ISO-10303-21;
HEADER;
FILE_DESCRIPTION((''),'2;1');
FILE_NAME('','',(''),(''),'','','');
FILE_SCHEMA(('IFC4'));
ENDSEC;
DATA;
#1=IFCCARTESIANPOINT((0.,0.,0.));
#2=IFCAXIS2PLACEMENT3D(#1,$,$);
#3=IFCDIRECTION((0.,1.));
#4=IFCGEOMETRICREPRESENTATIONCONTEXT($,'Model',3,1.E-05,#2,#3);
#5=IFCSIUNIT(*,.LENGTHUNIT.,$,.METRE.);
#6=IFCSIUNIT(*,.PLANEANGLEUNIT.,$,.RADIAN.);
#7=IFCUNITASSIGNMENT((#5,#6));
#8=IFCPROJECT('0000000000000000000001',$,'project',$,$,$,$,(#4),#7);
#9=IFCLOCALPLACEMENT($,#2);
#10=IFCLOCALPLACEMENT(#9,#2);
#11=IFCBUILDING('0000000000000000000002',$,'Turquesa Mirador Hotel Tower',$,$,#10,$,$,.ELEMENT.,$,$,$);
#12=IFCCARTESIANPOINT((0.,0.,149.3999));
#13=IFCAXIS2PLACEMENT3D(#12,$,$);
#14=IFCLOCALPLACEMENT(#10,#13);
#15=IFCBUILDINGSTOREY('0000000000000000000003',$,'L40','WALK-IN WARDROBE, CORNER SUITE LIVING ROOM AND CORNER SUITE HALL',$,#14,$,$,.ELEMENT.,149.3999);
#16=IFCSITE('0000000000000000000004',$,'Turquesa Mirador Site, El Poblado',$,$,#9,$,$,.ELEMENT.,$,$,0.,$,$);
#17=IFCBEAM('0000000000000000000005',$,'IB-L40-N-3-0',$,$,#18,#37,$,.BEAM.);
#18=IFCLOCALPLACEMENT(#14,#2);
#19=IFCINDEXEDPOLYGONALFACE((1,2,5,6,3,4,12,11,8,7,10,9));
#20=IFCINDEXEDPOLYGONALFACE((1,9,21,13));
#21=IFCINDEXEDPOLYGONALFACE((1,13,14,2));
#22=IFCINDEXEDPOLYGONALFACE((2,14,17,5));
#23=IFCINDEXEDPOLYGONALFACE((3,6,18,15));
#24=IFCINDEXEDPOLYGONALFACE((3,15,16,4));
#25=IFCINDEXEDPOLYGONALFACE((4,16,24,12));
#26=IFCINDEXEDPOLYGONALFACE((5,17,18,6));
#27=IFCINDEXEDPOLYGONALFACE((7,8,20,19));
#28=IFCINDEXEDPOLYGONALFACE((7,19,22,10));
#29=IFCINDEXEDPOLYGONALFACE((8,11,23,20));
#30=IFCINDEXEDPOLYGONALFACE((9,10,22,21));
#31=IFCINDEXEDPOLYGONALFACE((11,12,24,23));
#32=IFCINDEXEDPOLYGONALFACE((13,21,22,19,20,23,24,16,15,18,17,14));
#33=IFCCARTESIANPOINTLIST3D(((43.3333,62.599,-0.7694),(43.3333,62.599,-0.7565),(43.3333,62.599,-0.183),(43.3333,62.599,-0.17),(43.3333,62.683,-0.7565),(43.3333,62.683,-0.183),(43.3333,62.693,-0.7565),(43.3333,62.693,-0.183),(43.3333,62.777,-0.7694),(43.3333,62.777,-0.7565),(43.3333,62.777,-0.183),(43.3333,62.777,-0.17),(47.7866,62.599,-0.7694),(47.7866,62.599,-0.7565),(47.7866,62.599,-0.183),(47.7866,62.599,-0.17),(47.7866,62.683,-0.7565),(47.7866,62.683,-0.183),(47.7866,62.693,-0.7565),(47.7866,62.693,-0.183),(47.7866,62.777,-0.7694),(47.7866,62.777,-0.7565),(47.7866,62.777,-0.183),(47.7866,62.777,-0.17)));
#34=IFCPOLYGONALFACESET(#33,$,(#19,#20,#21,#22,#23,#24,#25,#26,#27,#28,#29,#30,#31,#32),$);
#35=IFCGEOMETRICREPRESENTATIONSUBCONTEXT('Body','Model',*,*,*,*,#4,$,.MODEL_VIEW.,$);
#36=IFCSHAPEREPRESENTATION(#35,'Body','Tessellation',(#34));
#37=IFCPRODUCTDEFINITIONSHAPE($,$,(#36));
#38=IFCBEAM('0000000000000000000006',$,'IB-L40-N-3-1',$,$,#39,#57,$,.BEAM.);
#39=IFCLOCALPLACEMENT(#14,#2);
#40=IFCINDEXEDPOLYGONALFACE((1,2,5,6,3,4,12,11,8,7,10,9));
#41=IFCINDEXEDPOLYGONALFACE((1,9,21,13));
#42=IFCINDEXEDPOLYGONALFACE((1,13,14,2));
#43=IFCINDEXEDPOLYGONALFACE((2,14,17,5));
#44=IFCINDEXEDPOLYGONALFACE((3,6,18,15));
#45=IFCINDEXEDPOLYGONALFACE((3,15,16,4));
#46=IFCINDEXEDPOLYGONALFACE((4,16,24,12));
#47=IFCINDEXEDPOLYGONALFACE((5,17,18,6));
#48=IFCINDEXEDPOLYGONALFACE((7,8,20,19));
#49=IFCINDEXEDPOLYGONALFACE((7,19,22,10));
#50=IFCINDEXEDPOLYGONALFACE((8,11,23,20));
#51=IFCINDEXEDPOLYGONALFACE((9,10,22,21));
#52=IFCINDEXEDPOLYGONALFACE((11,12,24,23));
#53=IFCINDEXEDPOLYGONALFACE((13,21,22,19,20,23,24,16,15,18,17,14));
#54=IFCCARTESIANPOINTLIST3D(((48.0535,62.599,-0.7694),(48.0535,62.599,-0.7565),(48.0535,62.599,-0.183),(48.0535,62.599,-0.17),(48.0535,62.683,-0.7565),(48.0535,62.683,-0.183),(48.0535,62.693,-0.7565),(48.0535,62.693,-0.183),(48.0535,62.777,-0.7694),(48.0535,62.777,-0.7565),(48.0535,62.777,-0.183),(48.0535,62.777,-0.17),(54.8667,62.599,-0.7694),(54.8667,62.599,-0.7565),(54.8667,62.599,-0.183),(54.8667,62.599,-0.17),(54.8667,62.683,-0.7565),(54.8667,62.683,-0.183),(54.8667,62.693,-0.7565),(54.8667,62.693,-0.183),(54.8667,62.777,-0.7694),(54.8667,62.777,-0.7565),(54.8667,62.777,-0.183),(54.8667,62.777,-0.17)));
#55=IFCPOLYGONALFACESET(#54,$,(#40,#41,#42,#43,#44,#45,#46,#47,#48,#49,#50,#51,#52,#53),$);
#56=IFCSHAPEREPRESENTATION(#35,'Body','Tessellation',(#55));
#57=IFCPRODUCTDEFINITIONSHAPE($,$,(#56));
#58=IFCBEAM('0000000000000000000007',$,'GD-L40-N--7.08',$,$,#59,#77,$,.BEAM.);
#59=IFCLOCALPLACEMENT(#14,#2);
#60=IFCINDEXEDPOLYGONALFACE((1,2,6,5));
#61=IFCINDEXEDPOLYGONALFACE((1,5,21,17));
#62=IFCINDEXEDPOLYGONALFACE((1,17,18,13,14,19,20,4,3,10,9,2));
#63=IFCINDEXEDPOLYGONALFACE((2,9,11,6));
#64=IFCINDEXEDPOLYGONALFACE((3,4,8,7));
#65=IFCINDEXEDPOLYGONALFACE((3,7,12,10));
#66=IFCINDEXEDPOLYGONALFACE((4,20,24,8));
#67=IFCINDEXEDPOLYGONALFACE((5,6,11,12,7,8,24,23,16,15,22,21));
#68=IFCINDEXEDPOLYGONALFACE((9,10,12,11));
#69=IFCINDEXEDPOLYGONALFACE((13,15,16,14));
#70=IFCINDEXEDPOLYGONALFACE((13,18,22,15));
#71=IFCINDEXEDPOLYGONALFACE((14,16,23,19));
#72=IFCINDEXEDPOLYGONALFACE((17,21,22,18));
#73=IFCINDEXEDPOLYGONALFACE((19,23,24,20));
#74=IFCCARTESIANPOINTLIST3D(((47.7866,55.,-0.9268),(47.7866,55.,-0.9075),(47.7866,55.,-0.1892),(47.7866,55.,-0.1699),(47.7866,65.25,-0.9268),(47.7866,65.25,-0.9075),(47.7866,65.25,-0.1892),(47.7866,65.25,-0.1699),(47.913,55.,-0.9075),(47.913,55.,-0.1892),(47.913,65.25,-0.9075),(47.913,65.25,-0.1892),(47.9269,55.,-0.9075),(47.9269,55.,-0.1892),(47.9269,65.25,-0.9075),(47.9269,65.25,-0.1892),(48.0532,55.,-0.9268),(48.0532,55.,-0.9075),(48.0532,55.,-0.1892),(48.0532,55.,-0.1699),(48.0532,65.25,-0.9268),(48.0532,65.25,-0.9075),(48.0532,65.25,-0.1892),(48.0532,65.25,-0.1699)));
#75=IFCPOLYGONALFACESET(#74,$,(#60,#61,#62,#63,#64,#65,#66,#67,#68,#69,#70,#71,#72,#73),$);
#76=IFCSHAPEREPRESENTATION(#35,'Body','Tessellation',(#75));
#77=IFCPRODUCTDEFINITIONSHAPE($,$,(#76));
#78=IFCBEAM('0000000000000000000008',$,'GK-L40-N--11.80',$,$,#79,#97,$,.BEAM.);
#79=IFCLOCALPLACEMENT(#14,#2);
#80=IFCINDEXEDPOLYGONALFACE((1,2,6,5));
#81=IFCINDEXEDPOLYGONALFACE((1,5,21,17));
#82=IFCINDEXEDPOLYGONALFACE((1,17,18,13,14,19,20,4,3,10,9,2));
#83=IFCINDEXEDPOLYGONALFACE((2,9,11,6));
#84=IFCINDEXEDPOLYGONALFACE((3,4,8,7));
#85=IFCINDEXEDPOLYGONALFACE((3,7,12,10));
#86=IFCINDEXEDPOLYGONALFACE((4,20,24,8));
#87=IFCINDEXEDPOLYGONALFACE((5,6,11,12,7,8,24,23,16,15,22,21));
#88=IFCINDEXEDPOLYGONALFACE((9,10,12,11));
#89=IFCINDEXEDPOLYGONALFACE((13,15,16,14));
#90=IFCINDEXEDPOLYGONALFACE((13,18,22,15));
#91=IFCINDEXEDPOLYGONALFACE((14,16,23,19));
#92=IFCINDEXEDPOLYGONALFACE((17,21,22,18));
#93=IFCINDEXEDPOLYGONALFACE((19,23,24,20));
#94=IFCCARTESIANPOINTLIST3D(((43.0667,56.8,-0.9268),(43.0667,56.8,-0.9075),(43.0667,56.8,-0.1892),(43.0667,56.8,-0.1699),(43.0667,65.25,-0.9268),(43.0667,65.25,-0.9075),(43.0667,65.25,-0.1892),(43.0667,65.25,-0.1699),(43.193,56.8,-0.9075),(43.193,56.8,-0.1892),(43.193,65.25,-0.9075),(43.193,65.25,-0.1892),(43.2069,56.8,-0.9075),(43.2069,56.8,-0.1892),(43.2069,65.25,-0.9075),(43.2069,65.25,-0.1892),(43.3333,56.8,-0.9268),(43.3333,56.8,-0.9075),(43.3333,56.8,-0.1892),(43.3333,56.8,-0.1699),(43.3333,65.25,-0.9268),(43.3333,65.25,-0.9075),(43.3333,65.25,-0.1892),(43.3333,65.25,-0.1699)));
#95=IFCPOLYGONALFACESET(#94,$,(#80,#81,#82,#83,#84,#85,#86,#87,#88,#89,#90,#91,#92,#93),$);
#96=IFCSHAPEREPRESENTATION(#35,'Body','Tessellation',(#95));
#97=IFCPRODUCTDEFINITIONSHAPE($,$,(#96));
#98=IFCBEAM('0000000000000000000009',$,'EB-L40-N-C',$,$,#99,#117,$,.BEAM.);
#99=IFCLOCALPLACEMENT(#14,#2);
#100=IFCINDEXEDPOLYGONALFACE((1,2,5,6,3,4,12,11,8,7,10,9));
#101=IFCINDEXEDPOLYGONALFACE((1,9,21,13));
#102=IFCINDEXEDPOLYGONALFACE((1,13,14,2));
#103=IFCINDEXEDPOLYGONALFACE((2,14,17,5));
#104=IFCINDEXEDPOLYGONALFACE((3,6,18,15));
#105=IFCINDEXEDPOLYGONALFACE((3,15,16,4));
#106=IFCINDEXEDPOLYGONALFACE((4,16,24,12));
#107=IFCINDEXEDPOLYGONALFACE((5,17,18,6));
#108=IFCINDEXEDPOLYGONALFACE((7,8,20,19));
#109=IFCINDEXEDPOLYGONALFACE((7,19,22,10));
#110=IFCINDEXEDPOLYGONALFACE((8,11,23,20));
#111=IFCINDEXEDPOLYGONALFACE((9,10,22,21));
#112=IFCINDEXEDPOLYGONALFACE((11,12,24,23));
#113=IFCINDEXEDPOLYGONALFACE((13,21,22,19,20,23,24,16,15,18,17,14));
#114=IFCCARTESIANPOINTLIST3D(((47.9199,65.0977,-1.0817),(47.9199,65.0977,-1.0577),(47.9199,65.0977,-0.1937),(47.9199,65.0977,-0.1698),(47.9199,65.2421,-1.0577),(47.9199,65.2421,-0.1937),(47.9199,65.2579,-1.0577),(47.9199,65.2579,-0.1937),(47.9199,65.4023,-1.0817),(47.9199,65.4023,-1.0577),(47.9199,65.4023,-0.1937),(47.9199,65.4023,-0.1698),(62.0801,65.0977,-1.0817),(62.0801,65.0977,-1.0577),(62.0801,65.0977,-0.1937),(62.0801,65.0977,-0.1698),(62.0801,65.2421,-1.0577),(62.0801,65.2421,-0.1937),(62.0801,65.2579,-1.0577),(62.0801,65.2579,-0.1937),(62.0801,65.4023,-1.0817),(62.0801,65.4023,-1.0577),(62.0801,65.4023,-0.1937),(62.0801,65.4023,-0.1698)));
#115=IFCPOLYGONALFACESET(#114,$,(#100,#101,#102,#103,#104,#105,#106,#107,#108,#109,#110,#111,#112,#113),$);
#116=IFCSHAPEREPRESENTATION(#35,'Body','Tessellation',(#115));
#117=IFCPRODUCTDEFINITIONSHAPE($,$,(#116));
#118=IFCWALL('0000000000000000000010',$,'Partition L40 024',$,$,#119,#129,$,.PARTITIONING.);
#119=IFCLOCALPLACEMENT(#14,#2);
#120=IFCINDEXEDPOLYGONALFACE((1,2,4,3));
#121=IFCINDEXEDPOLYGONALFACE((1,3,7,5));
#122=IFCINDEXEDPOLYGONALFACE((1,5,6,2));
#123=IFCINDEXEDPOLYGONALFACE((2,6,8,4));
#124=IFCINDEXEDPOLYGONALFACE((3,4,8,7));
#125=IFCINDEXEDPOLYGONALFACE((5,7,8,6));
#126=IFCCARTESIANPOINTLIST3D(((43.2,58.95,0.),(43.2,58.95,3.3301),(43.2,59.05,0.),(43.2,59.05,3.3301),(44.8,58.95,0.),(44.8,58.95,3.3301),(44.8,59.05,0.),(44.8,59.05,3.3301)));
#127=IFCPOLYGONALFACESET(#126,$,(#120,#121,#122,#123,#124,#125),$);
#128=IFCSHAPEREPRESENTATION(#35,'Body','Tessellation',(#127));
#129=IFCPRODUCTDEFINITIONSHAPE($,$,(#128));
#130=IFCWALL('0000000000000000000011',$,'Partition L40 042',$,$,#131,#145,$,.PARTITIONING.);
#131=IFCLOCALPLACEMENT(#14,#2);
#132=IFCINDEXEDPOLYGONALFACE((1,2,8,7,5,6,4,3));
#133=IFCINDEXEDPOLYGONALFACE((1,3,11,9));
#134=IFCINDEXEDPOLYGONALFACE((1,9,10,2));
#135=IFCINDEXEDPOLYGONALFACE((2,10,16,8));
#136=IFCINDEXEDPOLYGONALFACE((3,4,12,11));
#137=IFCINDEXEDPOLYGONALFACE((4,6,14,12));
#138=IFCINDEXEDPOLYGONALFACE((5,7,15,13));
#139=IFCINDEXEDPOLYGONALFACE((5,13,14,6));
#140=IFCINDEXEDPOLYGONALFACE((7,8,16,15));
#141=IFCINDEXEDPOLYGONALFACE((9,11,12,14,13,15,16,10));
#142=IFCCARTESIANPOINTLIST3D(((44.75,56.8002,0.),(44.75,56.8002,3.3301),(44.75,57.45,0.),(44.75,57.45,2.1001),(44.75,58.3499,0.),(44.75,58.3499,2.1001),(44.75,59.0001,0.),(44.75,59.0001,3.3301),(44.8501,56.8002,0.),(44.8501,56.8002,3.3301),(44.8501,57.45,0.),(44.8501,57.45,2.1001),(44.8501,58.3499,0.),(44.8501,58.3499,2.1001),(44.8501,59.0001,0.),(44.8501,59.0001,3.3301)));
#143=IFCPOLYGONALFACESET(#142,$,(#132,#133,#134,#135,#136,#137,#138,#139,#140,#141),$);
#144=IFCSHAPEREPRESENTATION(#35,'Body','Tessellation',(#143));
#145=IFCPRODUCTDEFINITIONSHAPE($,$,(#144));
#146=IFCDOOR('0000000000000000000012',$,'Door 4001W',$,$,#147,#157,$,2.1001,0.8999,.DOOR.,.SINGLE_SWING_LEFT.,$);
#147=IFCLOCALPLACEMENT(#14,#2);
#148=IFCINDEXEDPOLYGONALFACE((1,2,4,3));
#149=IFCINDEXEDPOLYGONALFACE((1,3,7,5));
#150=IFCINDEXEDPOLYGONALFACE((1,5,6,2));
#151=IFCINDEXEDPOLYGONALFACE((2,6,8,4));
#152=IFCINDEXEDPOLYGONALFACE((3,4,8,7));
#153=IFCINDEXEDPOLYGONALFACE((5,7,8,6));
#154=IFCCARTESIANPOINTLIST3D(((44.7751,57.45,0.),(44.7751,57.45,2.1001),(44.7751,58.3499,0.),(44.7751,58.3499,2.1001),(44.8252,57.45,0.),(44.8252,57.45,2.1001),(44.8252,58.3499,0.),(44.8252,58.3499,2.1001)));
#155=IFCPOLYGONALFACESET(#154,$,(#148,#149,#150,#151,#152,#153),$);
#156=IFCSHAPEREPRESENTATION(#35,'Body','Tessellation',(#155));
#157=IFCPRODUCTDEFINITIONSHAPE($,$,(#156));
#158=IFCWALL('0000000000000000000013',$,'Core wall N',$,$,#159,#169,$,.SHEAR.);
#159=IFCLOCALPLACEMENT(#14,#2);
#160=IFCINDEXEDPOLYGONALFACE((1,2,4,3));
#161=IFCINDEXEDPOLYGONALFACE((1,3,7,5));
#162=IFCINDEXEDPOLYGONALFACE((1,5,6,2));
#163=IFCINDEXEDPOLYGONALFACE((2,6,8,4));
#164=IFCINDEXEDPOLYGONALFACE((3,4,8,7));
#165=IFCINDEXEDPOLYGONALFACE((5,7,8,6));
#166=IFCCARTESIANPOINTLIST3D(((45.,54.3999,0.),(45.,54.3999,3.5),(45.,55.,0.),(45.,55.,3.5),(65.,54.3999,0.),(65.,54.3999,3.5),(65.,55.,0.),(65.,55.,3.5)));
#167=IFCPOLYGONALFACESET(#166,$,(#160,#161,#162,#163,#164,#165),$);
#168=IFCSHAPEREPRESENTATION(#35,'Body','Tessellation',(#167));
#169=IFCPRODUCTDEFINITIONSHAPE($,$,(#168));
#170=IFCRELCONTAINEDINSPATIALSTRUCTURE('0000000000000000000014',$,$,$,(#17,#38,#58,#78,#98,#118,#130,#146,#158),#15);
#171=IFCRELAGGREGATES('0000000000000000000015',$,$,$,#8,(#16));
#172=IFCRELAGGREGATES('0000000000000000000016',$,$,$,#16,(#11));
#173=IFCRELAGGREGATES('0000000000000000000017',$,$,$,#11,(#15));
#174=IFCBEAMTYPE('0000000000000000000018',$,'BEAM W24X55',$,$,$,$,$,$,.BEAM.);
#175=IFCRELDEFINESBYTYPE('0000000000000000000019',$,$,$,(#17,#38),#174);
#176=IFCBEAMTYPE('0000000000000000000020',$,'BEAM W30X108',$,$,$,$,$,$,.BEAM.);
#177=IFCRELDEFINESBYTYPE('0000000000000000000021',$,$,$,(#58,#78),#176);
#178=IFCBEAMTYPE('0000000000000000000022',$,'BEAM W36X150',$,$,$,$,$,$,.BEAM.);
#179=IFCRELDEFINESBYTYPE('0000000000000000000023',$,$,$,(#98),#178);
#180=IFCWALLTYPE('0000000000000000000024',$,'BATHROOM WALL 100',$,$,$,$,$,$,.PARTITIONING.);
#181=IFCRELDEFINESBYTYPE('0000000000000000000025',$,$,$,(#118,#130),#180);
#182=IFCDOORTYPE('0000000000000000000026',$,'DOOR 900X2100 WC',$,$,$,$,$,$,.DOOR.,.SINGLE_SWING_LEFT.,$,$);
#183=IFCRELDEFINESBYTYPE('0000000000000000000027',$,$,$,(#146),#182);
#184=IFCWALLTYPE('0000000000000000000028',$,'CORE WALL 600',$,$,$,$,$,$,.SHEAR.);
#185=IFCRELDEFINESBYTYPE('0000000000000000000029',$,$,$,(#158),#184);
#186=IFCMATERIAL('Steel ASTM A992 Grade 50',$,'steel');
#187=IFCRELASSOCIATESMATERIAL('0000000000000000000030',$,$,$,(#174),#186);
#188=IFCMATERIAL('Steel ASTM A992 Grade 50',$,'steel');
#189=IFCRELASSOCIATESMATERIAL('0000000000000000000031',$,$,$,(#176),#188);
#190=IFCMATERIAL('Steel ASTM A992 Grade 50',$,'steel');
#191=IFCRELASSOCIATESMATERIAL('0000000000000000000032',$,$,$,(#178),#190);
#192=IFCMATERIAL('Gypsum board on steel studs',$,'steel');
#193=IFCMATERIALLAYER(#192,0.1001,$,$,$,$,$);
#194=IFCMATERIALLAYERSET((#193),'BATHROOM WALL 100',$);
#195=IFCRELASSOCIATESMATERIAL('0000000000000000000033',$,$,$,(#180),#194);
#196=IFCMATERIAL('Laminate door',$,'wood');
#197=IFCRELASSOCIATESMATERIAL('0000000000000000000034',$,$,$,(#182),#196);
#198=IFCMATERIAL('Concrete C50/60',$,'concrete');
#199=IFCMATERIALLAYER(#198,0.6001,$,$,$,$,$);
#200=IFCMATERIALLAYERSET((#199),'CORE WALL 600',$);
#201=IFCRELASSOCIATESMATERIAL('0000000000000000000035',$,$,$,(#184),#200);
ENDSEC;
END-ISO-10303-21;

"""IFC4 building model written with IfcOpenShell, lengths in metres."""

from ifc_helpers import new_model, si_unit, direction, frame, frame_2d, origin, origin_2d, place, context, subcontext, project, spatial, rectangle, i_section, extrude, material, layer, layer_set, material_profile, profile_set, type_object, element, fill, save


model = new_model("IFC4")

# Units and contexts
model_context = context("Model", 3, precision=1e-05, world=origin(), true_north=direction((0.0, 1.0)))
body_context = subcontext(model_context, "Body", "Model", "MODEL_VIEW")
ifc_project = project(units=[si_unit("LENGTHUNIT", "METRE"), si_unit("PLANEANGLEUNIT", "RADIAN")], contexts=[model_context])

# Site, building, storey
site_placement = place(None, origin())
site = spatial("IfcSite", under=ifc_project, at=site_placement, Name="Turquesa Mirador Site, El Poblado", CompositionType="ELEMENT", RefElevation=0.0)
building_placement = place(site_placement, origin())
building = spatial("IfcBuilding", under=site, at=building_placement, Name="Turquesa Mirador Hotel Tower", CompositionType="ELEMENT")
storey_placement = place(building_placement, frame((0.0, 0.0, 149.3999)))
storey = spatial("IfcBuildingStorey", under=building, at=storey_placement, Name="L40", Description="WALK-IN WARDROBE, CORNER SUITE LIVING ROOM AND CORNER SUITE HALL", CompositionType="ELEMENT", Elevation=149.3999)

# Beams
ifc_material_1 = material(Name="Steel ASTM A992 Grade 50", Category="steel")
ifc_material_profile_1 = material_profile(ifc_material_1, i_section(OverallWidth=0.178, OverallDepth=0.5994, WebThickness=0.01, FlangeThickness=0.0129, at=origin_2d()), Name="W24X55")
ifc_profile_set_1 = profile_set([ifc_material_profile_1], Name="Steel ASTM A992 Grade 50")
beam_type_1 = type_object("IfcBeamType", Name="BEAM W24X55", PredefinedType="BEAM", material=ifc_profile_set_1)
beam_1_placement = place(storey_placement, frame((43.3333, 62.688, -0.4697), z_axis=(1.0, 0.0, 0.0), x_axis=(0.0, 1.0, 0.0)))
element("IfcBeam", 1, at=beam_1_placement, inside=storey, type_object=beam_type_1, Name="IB-L40-N-3-0", PredefinedType="BEAM", context=body_context, shape_type="SweptSolid", body=[
    extrude(i_section(OverallWidth=0.178, OverallDepth=0.5994, WebThickness=0.01, FlangeThickness=0.0129, at=origin_2d()), origin(), (0.0, 0.0, 1.0), 4.4534),
])
beam_2_placement = place(storey_placement, frame((48.0535, 62.688, -0.4697), z_axis=(1.0, 0.0, 0.0), x_axis=(0.0, 1.0, 0.0)))
element("IfcBeam", 2, at=beam_2_placement, inside=storey, type_object=beam_type_1, Name="IB-L40-N-3-1", PredefinedType="BEAM", context=body_context, shape_type="SweptSolid", body=[
    extrude(i_section(OverallWidth=0.178, OverallDepth=0.5994, WebThickness=0.01, FlangeThickness=0.0129, at=origin_2d()), origin(), (0.0, 0.0, 1.0), 6.8132),
])
ifc_material_2 = material(Name="Steel ASTM A992 Grade 50", Category="steel")
ifc_material_profile_2 = material_profile(ifc_material_2, i_section(OverallWidth=0.2666, OverallDepth=0.7568, WebThickness=0.0139, FlangeThickness=0.0193, at=origin_2d()), Name="W30X108")
ifc_profile_set_2 = profile_set([ifc_material_profile_2], Name="Steel ASTM A992 Grade 50")
beam_type_2 = type_object("IfcBeamType", Name="BEAM W30X108", PredefinedType="BEAM", material=ifc_profile_set_2)
beam_3_placement = place(storey_placement, frame((47.9199, 65.25, -0.5483), z_axis=(0.0, -1.0, 0.0), x_axis=(1.0, 0.0, 0.0)))
element("IfcBeam", 3, at=beam_3_placement, inside=storey, type_object=beam_type_2, Name="GD-L40-N--7.08", PredefinedType="BEAM", context=body_context, shape_type="SweptSolid", body=[
    extrude(i_section(OverallWidth=0.2666, OverallDepth=0.7568, WebThickness=0.0139, FlangeThickness=0.0193, at=origin_2d()), origin(), (0.0, 0.0, 1.0), 10.25),
])
beam_4_placement = place(storey_placement, frame((43.2, 65.25, -0.5483), z_axis=(0.0, -1.0, 0.0), x_axis=(1.0, 0.0, 0.0)))
element("IfcBeam", 4, at=beam_4_placement, inside=storey, type_object=beam_type_2, Name="GK-L40-N--11.80", PredefinedType="BEAM", context=body_context, shape_type="SweptSolid", body=[
    extrude(i_section(OverallWidth=0.2666, OverallDepth=0.7568, WebThickness=0.0139, FlangeThickness=0.0193, at=origin_2d()), origin(), (0.0, 0.0, 1.0), 8.45),
])
ifc_material_3 = material(Name="Steel ASTM A992 Grade 50", Category="steel")
ifc_material_profile_3 = material_profile(ifc_material_3, i_section(OverallWidth=0.3047, OverallDepth=0.9119, WebThickness=0.0159, FlangeThickness=0.0239, at=origin_2d()), Name="W36X150")
ifc_profile_set_3 = profile_set([ifc_material_profile_3], Name="Steel ASTM A992 Grade 50")
beam_type_3 = type_object("IfcBeamType", Name="BEAM W36X150", PredefinedType="BEAM", material=ifc_profile_set_3)
beam_5_placement = place(storey_placement, frame((47.9199, 65.25, -0.6257), z_axis=(1.0, 0.0, 0.0), x_axis=(0.0, 1.0, 0.0)))
element("IfcBeam", 5, at=beam_5_placement, inside=storey, type_object=beam_type_3, Name="EB-L40-N-C", PredefinedType="BEAM", context=body_context, shape_type="SweptSolid", body=[
    extrude(i_section(OverallWidth=0.3047, OverallDepth=0.9119, WebThickness=0.0159, FlangeThickness=0.0239, at=origin_2d()), origin(), (0.0, 0.0, 1.0), 14.1602),
])

# Wall
ifc_material_4 = material(Name="Gypsum board on steel studs", Category="steel")
ifc_layer_1 = layer(ifc_material_4, 0.1001)
ifc_layer_set_1 = layer_set([ifc_layer_1], Name="BATHROOM WALL 100")
wall_type_1 = type_object("IfcWallType", Name="BATHROOM WALL 100", PredefinedType="PARTITIONING", material=ifc_layer_set_1)
wall_1_placement = place(storey_placement, frame((43.2, 59.0, 0.0), z_axis=(0.0, 0.0, 1.0), x_axis=(1.0, 0.0, 0.0)))
element("IfcWall", 6, at=wall_1_placement, inside=storey, type_object=wall_type_1, Name="Partition L40 024", PredefinedType="PARTITIONING", context=body_context, shape_type="SweptSolid", body=[
    extrude(rectangle(XDim=1.6001, YDim=0.1001, at=frame_2d((0.8, 0.0))), origin(), (0.0, 0.0, 1.0), 3.3301),
])

# Wall, opening, door
wall_2_placement = place(storey_placement, frame((44.8, 56.8, 0.0), z_axis=(0.0, 0.0, 1.0), x_axis=(0.0, 1.0, 0.0)))
wall_2 = element("IfcWall", 7, at=wall_2_placement, inside=storey, type_object=wall_type_1, Name="Partition L40 042", PredefinedType="PARTITIONING", context=body_context, shape_type="SweptSolid", body=[
    extrude(rectangle(XDim=2.2, YDim=0.1001, at=frame_2d((1.1001, 0.0))), origin(), (0.0, 0.0, 1.0), 3.3301),
])
opening_placement = place(wall_2_placement, frame((0.6499, 0.0, 0.0)))
opening = element("IfcOpeningElement", 8, at=opening_placement, cuts=wall_2, PredefinedType="OPENING", context=body_context, shape_type="SweptSolid", body=[
    extrude(rectangle(XDim=0.8999, YDim=2.1001, at=frame_2d((0.45, 1.05))), frame((0.0, 0.0601, 0.0), z_axis=(0.0, -1.0, 0.0), x_axis=(1.0, 0.0, 0.0)), (0.0, 0.0, 1.0), 0.1201),
])
ifc_material_5 = material(Name="Laminate door", Category="wood")
door_type = type_object("IfcDoorType", Name="DOOR 900X2100 WC", OperationType="SINGLE_SWING_LEFT", PredefinedType="DOOR", material=ifc_material_5)
door_placement = place(opening_placement, origin())
door = element("IfcDoor", 9, at=door_placement, inside=storey, type_object=door_type, Name="Door 4001W", OperationType="SINGLE_SWING_LEFT", OverallHeight=2.1001, OverallWidth=0.8999, PredefinedType="DOOR", context=body_context, shape_type="SweptSolid", body=[
    extrude(rectangle(XDim=0.8999, YDim=2.1001, at=frame_2d((0.45, 1.05))), frame((0.0, 0.0249, 0.0), z_axis=(0.0, -1.0, 0.0), x_axis=(1.0, 0.0, 0.0)), (0.0, 0.0, 1.0), 0.05),
])
fill(opening, door)

# Wall
ifc_material_6 = material(Name="Concrete C50/60", Category="concrete")
ifc_layer_2 = layer(ifc_material_6, 0.6001)
ifc_layer_set_2 = layer_set([ifc_layer_2], Name="CORE WALL 600")
wall_type_2 = type_object("IfcWallType", Name="CORE WALL 600", PredefinedType="SHEAR", material=ifc_layer_set_2)
wall_3_placement = place(storey_placement, frame((45.0, 54.7, 0.0), z_axis=(0.0, 0.0, 1.0), x_axis=(1.0, 0.0, 0.0)))
element("IfcWall", 10, at=wall_3_placement, inside=storey, type_object=wall_type_2, Name="Core wall N", PredefinedType="SHEAR", context=body_context, shape_type="SweptSolid", body=[
    extrude(rectangle(XDim=20.0, YDim=0.6001, at=frame_2d((10.0, 0.0))), origin(), (0.0, 0.0, 1.0), 3.5),
])

save(model, "model.ifc")
